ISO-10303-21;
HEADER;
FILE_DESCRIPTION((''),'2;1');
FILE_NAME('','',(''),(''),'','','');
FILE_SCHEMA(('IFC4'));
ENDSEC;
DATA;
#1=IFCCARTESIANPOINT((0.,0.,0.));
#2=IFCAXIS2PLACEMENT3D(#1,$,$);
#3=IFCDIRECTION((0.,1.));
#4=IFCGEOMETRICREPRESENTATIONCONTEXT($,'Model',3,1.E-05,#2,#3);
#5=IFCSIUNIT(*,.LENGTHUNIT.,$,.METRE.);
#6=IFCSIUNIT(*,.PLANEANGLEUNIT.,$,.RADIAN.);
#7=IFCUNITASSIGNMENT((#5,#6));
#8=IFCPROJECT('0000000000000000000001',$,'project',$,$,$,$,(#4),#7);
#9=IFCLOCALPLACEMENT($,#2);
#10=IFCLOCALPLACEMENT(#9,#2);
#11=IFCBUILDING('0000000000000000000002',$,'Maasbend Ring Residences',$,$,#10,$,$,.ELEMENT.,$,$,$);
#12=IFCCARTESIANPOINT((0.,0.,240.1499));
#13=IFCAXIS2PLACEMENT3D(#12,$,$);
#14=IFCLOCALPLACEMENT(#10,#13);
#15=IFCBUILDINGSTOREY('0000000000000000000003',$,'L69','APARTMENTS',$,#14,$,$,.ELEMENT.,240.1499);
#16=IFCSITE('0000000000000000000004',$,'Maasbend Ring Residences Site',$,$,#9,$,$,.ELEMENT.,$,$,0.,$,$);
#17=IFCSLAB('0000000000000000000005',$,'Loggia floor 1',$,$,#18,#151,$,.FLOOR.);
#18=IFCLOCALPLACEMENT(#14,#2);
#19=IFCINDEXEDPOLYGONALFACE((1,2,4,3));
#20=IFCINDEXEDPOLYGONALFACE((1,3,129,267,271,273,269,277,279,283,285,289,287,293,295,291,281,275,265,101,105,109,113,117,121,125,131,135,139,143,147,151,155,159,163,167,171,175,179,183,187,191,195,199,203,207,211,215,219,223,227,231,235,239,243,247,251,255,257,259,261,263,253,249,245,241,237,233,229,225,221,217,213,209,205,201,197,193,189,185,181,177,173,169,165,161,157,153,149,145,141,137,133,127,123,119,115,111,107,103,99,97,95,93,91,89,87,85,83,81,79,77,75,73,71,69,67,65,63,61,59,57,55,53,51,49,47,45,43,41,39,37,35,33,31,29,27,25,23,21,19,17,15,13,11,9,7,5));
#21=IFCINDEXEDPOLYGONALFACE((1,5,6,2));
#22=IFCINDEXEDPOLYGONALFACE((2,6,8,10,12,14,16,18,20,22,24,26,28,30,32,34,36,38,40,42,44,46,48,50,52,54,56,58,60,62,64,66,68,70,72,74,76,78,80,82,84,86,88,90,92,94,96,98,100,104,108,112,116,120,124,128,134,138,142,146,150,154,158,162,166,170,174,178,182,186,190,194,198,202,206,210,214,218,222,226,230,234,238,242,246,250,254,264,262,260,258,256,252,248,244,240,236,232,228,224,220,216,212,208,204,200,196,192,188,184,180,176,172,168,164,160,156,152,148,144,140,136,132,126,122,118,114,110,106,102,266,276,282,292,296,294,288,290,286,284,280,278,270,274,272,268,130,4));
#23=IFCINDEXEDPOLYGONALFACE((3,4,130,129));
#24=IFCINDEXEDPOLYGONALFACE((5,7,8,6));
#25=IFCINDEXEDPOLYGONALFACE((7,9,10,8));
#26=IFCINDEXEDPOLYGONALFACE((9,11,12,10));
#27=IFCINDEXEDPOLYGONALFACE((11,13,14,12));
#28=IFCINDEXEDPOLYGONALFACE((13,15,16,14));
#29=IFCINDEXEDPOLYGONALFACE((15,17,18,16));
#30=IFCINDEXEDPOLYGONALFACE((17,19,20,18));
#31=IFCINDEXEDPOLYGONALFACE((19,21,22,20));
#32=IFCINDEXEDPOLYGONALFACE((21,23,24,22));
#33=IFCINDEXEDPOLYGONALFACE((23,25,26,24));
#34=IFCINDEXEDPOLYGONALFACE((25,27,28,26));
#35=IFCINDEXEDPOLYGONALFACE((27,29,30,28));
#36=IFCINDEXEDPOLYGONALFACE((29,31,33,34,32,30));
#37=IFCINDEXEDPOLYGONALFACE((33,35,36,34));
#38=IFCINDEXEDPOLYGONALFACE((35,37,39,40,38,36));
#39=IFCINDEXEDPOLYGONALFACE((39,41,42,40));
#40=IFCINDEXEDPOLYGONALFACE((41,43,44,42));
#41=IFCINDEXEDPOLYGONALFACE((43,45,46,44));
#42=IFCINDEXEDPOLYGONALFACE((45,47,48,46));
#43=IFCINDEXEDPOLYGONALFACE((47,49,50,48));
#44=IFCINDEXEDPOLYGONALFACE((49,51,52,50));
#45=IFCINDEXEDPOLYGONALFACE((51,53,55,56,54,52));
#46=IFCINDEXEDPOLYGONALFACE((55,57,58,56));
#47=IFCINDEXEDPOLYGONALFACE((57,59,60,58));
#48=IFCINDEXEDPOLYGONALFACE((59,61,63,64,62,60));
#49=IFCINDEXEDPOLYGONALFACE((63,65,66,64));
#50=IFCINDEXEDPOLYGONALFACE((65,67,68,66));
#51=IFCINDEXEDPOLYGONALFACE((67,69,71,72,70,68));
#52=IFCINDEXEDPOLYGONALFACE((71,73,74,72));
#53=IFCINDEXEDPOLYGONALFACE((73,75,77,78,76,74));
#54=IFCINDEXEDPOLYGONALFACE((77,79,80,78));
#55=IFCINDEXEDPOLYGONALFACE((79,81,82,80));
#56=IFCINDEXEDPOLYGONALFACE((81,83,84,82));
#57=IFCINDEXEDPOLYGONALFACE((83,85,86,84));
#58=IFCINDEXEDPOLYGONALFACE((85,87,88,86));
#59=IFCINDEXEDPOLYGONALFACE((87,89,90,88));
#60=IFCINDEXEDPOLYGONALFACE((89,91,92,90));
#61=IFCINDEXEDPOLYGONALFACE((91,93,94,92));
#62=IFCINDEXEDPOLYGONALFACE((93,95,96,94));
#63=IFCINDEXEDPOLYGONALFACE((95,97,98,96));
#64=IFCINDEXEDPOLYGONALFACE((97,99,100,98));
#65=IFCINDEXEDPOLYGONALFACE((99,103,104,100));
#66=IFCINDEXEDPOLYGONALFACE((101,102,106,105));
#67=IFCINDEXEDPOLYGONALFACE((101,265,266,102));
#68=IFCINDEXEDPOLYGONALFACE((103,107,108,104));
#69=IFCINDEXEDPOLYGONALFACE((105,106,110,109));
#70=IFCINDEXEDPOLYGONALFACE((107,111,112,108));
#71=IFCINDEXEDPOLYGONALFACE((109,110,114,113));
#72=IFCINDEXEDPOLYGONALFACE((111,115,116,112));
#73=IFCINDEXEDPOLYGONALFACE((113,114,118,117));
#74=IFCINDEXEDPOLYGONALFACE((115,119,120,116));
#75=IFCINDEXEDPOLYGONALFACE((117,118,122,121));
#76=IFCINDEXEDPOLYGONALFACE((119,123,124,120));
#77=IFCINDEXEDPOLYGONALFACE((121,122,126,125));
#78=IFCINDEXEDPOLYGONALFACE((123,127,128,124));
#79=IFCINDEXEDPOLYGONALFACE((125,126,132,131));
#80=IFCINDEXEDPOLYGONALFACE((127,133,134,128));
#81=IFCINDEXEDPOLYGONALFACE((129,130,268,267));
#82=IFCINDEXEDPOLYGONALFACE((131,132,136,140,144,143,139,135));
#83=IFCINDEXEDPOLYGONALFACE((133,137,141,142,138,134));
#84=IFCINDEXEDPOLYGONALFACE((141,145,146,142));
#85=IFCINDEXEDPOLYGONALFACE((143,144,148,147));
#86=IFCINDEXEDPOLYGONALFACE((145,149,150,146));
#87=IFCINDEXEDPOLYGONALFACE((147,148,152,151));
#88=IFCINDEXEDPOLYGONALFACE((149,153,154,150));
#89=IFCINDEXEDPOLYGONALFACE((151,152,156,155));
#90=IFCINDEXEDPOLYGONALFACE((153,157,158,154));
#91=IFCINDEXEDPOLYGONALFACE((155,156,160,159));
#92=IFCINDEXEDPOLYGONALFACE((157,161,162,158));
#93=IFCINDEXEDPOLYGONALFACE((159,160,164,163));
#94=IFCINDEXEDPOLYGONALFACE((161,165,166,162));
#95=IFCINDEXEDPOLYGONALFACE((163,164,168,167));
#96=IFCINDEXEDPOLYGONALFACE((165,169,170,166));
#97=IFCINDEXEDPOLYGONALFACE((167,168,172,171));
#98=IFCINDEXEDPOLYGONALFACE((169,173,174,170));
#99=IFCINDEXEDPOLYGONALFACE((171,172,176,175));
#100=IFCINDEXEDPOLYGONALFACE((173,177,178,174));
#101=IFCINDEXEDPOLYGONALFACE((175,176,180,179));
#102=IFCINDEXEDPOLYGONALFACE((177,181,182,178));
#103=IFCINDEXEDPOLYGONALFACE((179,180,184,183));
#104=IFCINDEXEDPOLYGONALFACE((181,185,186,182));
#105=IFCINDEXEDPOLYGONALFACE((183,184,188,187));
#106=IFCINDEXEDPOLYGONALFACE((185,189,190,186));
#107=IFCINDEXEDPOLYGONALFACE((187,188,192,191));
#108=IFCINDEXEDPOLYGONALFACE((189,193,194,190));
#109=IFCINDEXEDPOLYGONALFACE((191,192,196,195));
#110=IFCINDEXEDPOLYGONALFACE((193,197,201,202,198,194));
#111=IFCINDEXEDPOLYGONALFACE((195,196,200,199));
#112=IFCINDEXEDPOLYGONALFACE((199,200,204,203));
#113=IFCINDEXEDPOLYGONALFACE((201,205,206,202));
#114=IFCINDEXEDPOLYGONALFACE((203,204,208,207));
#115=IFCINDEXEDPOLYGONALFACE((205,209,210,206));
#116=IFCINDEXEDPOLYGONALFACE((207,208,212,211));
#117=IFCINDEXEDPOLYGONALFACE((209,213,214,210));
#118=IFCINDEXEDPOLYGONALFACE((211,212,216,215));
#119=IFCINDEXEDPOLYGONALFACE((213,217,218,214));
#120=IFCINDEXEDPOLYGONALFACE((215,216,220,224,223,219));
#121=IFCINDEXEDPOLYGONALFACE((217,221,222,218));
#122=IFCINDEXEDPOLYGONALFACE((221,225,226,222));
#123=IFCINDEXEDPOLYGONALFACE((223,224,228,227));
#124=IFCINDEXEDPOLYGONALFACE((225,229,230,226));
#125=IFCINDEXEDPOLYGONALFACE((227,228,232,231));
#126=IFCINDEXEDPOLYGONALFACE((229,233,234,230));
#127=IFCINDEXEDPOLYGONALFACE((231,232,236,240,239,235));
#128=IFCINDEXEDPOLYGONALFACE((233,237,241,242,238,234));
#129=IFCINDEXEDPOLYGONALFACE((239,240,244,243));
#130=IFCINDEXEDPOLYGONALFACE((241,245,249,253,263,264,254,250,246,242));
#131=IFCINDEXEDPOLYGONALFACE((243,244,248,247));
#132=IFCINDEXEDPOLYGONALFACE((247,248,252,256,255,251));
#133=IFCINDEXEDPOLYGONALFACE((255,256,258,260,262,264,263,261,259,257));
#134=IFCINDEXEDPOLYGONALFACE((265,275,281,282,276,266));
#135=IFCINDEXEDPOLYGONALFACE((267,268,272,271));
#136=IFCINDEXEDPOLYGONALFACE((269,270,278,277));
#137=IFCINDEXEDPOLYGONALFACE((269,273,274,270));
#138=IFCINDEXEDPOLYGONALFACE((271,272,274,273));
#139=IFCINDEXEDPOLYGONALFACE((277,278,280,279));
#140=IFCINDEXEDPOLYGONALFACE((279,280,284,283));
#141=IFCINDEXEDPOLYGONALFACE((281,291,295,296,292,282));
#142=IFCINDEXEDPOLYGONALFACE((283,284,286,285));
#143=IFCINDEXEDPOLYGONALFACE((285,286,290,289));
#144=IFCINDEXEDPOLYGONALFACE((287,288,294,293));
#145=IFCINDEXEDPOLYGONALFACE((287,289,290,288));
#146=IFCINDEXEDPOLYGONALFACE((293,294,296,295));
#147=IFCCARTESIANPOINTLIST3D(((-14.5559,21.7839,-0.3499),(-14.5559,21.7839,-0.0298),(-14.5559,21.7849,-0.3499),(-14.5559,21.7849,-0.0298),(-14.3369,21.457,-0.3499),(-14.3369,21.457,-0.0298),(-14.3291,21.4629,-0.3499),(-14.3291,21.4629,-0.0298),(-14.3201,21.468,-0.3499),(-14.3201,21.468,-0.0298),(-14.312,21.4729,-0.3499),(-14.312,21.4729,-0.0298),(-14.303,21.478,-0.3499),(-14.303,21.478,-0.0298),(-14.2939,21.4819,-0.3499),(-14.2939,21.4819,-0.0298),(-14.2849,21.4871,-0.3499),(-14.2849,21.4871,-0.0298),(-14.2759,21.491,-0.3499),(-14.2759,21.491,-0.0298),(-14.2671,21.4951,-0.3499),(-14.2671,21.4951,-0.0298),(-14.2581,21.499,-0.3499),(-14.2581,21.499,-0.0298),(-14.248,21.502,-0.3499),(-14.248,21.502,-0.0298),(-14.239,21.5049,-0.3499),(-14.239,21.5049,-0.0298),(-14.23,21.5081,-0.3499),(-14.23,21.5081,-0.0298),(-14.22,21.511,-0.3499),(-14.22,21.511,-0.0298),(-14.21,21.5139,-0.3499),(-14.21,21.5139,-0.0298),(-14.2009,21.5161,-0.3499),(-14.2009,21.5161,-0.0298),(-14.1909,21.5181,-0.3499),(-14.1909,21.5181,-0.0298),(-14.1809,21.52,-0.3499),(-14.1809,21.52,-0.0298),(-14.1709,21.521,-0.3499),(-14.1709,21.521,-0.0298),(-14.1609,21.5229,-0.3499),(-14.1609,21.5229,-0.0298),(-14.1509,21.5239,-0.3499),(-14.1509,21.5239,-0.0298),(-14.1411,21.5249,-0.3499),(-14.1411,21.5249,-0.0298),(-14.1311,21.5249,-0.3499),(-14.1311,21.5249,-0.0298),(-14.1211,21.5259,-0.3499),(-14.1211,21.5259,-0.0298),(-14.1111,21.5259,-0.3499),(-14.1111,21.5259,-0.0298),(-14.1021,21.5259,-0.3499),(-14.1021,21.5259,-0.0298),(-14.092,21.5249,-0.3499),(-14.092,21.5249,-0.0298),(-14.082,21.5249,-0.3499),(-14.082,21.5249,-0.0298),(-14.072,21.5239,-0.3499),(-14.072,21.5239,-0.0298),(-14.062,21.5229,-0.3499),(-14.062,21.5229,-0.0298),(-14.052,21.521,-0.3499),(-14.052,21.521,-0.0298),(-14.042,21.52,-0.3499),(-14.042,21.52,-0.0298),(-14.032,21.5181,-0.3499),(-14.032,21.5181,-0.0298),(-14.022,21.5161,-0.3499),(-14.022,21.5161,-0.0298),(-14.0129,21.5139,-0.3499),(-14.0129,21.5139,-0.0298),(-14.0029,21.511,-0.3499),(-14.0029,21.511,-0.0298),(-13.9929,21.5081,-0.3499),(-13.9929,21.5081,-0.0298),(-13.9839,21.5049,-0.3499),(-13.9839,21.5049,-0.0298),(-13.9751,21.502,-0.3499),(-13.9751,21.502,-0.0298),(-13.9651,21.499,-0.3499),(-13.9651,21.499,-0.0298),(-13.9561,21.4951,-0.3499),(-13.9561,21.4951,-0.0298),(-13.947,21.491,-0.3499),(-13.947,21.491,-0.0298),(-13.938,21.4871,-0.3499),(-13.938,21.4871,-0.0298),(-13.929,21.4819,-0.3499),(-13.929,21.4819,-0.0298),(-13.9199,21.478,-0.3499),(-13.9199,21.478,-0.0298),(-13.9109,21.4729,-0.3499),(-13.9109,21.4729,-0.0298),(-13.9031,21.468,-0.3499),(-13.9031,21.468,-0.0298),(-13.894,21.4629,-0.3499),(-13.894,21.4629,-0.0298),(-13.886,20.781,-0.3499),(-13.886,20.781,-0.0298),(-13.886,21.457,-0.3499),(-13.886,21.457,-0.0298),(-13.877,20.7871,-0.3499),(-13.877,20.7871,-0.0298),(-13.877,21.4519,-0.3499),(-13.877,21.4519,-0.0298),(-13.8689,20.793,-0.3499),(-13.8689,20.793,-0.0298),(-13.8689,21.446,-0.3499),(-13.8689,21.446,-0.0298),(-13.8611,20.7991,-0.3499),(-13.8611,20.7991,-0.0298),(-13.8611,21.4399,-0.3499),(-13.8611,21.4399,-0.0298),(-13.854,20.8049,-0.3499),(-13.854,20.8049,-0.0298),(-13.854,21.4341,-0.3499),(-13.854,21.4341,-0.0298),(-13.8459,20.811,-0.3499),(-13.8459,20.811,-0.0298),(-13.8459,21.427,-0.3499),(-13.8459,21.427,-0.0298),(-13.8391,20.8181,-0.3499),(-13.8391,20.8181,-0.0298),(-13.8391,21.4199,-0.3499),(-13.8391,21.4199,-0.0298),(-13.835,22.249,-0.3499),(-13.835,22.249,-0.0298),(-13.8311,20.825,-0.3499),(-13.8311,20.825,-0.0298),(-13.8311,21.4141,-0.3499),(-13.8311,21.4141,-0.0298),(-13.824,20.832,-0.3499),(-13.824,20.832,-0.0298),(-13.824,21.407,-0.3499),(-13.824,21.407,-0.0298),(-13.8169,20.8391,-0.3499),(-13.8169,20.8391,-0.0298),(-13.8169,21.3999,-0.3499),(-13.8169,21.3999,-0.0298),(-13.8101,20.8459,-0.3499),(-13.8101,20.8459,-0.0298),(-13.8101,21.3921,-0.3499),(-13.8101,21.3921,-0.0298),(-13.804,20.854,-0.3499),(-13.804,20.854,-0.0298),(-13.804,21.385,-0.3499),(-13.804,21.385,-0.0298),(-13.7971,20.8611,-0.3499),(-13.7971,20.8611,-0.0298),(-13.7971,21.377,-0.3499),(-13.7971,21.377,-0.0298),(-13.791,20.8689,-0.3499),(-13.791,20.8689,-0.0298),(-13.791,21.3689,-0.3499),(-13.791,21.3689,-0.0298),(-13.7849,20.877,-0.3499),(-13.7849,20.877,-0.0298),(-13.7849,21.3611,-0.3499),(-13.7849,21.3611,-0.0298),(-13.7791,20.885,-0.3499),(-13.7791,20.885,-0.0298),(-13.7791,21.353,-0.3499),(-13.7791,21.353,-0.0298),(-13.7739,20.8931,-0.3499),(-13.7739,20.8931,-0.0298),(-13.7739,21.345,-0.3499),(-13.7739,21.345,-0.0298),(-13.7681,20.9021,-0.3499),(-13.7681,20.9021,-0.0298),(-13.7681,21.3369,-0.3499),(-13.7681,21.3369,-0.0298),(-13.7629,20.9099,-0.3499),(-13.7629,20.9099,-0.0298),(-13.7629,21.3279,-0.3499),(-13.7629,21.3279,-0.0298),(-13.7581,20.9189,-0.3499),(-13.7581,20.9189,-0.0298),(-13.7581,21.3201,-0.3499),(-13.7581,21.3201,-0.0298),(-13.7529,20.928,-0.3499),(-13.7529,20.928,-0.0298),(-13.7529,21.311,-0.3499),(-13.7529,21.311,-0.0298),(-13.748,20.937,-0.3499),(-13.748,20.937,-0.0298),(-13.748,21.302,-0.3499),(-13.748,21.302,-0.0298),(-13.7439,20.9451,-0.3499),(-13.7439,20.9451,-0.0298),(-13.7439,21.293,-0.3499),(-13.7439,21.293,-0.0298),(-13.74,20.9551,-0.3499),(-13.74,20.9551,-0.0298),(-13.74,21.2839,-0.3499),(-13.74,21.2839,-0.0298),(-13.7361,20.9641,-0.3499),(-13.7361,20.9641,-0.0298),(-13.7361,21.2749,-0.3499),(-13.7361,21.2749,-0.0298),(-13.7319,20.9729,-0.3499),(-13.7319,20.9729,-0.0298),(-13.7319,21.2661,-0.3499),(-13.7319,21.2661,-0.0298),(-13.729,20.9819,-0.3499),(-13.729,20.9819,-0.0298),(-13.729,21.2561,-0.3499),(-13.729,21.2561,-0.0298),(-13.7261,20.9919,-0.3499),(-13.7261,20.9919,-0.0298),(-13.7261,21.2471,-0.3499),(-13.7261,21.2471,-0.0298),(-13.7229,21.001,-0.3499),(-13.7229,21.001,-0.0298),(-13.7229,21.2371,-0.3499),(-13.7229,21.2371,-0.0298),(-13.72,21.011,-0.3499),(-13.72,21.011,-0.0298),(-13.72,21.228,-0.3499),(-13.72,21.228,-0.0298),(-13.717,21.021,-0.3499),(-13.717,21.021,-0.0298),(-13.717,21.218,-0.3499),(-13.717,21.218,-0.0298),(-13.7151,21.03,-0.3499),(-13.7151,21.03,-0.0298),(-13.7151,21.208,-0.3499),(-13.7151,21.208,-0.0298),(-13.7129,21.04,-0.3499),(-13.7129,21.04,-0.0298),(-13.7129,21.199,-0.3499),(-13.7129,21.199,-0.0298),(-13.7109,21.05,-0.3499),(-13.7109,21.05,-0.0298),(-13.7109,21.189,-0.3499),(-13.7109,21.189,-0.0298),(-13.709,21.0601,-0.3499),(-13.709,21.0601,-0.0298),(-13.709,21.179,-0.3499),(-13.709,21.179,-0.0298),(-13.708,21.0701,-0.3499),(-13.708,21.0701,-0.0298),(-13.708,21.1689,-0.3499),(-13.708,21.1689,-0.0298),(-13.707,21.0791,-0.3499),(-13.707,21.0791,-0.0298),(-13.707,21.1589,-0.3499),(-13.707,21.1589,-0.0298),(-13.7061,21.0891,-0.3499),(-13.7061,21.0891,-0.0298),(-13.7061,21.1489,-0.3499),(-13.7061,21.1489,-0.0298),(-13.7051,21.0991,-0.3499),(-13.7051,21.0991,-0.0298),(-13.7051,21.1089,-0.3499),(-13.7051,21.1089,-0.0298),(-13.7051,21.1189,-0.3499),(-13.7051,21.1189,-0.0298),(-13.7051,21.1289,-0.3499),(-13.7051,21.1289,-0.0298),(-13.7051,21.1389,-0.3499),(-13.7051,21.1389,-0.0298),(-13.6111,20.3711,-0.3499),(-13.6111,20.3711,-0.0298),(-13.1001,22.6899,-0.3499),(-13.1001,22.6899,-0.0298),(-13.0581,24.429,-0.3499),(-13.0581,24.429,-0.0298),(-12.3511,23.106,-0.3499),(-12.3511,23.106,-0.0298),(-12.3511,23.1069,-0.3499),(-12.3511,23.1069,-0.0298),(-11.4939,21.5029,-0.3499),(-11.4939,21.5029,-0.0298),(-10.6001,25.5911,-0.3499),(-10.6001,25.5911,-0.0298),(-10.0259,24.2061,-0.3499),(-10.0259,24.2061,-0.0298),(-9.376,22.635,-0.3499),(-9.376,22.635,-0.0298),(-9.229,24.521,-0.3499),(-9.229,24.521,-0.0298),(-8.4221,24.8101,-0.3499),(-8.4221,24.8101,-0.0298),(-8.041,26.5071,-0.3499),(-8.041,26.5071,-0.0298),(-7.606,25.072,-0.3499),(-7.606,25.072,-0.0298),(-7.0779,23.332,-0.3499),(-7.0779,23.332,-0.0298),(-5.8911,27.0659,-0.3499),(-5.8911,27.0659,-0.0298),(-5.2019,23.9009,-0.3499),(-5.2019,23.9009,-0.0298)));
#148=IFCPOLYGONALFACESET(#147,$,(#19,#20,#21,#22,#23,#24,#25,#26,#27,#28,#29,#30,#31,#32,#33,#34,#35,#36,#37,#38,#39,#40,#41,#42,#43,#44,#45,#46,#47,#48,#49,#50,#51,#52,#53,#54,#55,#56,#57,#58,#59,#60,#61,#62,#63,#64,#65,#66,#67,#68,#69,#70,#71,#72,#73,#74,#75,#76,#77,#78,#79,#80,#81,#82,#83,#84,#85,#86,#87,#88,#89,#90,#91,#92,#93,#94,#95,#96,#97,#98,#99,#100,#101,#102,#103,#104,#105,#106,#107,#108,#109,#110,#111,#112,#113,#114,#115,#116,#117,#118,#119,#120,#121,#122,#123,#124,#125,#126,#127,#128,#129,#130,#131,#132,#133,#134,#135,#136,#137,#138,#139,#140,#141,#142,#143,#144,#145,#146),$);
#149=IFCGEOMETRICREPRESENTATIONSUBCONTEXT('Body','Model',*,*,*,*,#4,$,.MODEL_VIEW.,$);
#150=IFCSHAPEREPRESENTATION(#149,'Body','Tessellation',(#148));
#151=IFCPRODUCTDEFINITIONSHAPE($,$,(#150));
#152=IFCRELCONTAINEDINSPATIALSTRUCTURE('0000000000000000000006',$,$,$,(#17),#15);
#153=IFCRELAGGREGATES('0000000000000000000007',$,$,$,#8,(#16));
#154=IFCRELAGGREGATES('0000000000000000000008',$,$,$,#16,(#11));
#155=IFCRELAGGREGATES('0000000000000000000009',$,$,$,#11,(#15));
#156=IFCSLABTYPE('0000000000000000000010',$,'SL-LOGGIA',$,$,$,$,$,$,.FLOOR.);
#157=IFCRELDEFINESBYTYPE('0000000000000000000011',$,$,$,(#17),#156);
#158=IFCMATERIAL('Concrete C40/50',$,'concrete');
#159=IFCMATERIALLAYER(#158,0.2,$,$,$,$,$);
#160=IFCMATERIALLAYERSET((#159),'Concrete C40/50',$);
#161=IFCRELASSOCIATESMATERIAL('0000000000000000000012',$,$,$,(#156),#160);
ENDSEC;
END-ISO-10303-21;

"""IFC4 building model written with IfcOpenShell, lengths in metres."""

from ifc_helpers import new_model, si_unit, direction, frame, origin, place, context, subcontext, project, spatial, polyline, outline, extrude, material, layer, layer_set, type_object, element, save


model = new_model("IFC4")

# Units and contexts
model_context = context("Model", 3, precision=1e-05, world=origin(), true_north=direction((0.0, 1.0)))
body_context = subcontext(model_context, "Body", "Model", "MODEL_VIEW")
ifc_project = project(units=[si_unit("LENGTHUNIT", "METRE"), si_unit("PLANEANGLEUNIT", "RADIAN")], contexts=[model_context])

# Site, building, storey
site_placement = place(None, origin())
site = spatial("IfcSite", under=ifc_project, at=site_placement, Name="Maasbend Ring Residences Site", CompositionType="ELEMENT", RefElevation=0.0)
building_placement = place(site_placement, origin())
building = spatial("IfcBuilding", under=site, at=building_placement, Name="Maasbend Ring Residences", CompositionType="ELEMENT")
storey_placement = place(building_placement, frame((0.0, 0.0, 240.1499)))
storey = spatial("IfcBuildingStorey", under=building, at=storey_placement, Name="L69", Description="APARTMENTS", CompositionType="ELEMENT", Elevation=240.1499)

# Slab
ifc_material_1 = material(Name="Concrete C40/50", Category="concrete")
ifc_layer_1 = layer(ifc_material_1, 0.2)
ifc_layer_set_1 = layer_set([ifc_layer_1], Name="Concrete C40/50")
slab_type_1 = type_object("IfcSlabType", Name="SL-LOGGIA", PredefinedType="FLOOR", material=ifc_layer_set_1)
slab_1_placement = place(storey_placement, frame((0.0, 0.0, -0.3499)))
element("IfcSlab", 1, at=slab_1_placement, inside=storey, type_object=slab_type_1, Name="Loggia floor 1", PredefinedType="FLOOR", context=body_context, shape_type="SweptSolid", body=[
    extrude(outline(polyline([(-13.1001, 22.6899), (-12.3511, 23.106), (-12.3511, 23.106), (-12.3511, 23.106), (-12.3511, 23.106), (-12.3511, 23.106), (-12.3511, 23.106), (-12.3511, 23.106), (-12.3511, 23.106), (-12.3511, 23.106), (-12.3511, 23.106), (-12.3511, 23.106), (-12.3511, 23.1069), (-12.3511, 23.1069), (-12.3511, 23.1069), (-12.3511, 23.1069), (-12.3511, 23.1069), (-12.3511, 23.1069), (-13.0581, 24.429), (-13.0581, 24.429), (-13.0581, 24.429), (-10.6001, 25.5911), (-10.6001, 25.5911), (-10.6001, 25.5911), (-10.0259, 24.2061), (-10.0259, 24.2061), (-10.0259, 24.2061), (-10.0259, 24.2061), (-10.0259, 24.2061), (-10.0259, 24.2061), (-10.0259, 24.2061), (-10.0259, 24.2061), (-10.0259, 24.2061), (-10.0259, 24.2061), (-10.0259, 24.2061), (-10.0259, 24.2061), (-10.0259, 24.2061), (-10.0259, 24.2061), (-10.0259, 24.2061), (-10.0259, 24.2061), (-10.0259, 24.2061), (-9.229, 24.521), (-9.229, 24.521), (-8.4221, 24.8101), (-8.4221, 24.8101), (-7.606, 25.072), (-7.606, 25.072), (-7.606, 25.072), (-7.606, 25.072), (-7.606, 25.072), (-7.606, 25.072), (-7.606, 25.072), (-7.606, 25.072), (-7.606, 25.072), (-7.606, 25.072), (-7.606, 25.072), (-7.606, 25.072), (-7.606, 25.072), (-7.606, 25.072), (-7.606, 25.072), (-7.606, 25.072), (-7.606, 25.072), (-8.041, 26.5071), (-8.041, 26.5071), (-8.041, 26.5071), (-5.8911, 27.0659), (-5.8911, 27.0659), (-5.8911, 27.0659), (-5.2019, 23.9009), (-5.2019, 23.9009), (-5.2019, 23.9009), (-7.0779, 23.332), (-9.376, 22.635), (-9.376, 22.635), (-9.376, 22.635), (-11.4939, 21.5029), (-13.6111, 20.3711), (-13.6111, 20.3711), (-13.6111, 20.3711), (-13.886, 20.781), (-13.877, 20.7871), (-13.8689, 20.793), (-13.8611, 20.7991), (-13.854, 20.8049), (-13.8459, 20.811), (-13.8391, 20.8181), (-13.8311, 20.825), (-13.824, 20.832), (-13.8169, 20.8391), (-13.8101, 20.8459), (-13.804, 20.854), (-13.7971, 20.8611), (-13.791, 20.8689), (-13.7849, 20.877), (-13.7791, 20.885), (-13.7739, 20.8931), (-13.7681, 20.9021), (-13.7629, 20.9099), (-13.7581, 20.9189), (-13.7529, 20.928), (-13.748, 20.937), (-13.7439, 20.9451), (-13.74, 20.9551), (-13.7361, 20.9641), (-13.7319, 20.9729), (-13.729, 20.9819), (-13.7261, 20.9919), (-13.7229, 21.001), (-13.72, 21.011), (-13.717, 21.021), (-13.7151, 21.03), (-13.7129, 21.04), (-13.7109, 21.05), (-13.709, 21.0601), (-13.708, 21.0701), (-13.707, 21.0791), (-13.7061, 21.0891), (-13.7051, 21.0991), (-13.7051, 21.1089), (-13.7051, 21.1189), (-13.7051, 21.1289), (-13.7051, 21.1389), (-13.7061, 21.1489), (-13.707, 21.1589), (-13.708, 21.1689), (-13.709, 21.179), (-13.7109, 21.189), (-13.7129, 21.199), (-13.7151, 21.208), (-13.717, 21.218), (-13.72, 21.228), (-13.7229, 21.2371), (-13.7261, 21.2471), (-13.729, 21.2561), (-13.7319, 21.2661), (-13.7361, 21.2749), (-13.74, 21.2839), (-13.7439, 21.293), (-13.748, 21.302), (-13.7529, 21.311), (-13.7581, 21.3201), (-13.7629, 21.3279), (-13.7681, 21.3369), (-13.7739, 21.345), (-13.7791, 21.353), (-13.7849, 21.3611), (-13.791, 21.3689), (-13.7971, 21.377), (-13.804, 21.385), (-13.8101, 21.3921), (-13.8169, 21.3999), (-13.824, 21.407), (-13.8311, 21.4141), (-13.8391, 21.4199), (-13.8459, 21.427), (-13.854, 21.4341), (-13.8611, 21.4399), (-13.8689, 21.446), (-13.877, 21.4519), (-13.886, 21.457), (-13.894, 21.4629), (-13.9031, 21.468), (-13.9109, 21.4729), (-13.9199, 21.478), (-13.929, 21.4819), (-13.938, 21.4871), (-13.947, 21.491), (-13.9561, 21.4951), (-13.9651, 21.499), (-13.9751, 21.502), (-13.9839, 21.5049), (-13.9929, 21.5081), (-14.0029, 21.511), (-14.0129, 21.5139), (-14.022, 21.5161), (-14.032, 21.5181), (-14.042, 21.52), (-14.052, 21.521), (-14.062, 21.5229), (-14.072, 21.5239), (-14.082, 21.5249), (-14.092, 21.5249), (-14.1021, 21.5259), (-14.1111, 21.5259), (-14.1211, 21.5259), (-14.1311, 21.5249), (-14.1411, 21.5249), (-14.1509, 21.5239), (-14.1609, 21.5229), (-14.1709, 21.521), (-14.1809, 21.52), (-14.1909, 21.5181), (-14.2009, 21.5161), (-14.21, 21.5139), (-14.22, 21.511), (-14.23, 21.5081), (-14.239, 21.5049), (-14.248, 21.502), (-14.2581, 21.499), (-14.2671, 21.4951), (-14.2759, 21.491), (-14.2849, 21.4871), (-14.2939, 21.4819), (-14.303, 21.478), (-14.312, 21.4729), (-14.3201, 21.468), (-14.3291, 21.4629), (-14.3369, 21.457), (-14.5559, 21.7839), (-14.5559, 21.7849), (-14.5559, 21.7849), (-13.835, 22.249), (-13.835, 22.249), (-13.1001, 22.6899), (-13.1001, 22.6899)])), origin(), (0.0, 0.0, 1.0), 0.3201),
])

save(model, "model.ifc")
